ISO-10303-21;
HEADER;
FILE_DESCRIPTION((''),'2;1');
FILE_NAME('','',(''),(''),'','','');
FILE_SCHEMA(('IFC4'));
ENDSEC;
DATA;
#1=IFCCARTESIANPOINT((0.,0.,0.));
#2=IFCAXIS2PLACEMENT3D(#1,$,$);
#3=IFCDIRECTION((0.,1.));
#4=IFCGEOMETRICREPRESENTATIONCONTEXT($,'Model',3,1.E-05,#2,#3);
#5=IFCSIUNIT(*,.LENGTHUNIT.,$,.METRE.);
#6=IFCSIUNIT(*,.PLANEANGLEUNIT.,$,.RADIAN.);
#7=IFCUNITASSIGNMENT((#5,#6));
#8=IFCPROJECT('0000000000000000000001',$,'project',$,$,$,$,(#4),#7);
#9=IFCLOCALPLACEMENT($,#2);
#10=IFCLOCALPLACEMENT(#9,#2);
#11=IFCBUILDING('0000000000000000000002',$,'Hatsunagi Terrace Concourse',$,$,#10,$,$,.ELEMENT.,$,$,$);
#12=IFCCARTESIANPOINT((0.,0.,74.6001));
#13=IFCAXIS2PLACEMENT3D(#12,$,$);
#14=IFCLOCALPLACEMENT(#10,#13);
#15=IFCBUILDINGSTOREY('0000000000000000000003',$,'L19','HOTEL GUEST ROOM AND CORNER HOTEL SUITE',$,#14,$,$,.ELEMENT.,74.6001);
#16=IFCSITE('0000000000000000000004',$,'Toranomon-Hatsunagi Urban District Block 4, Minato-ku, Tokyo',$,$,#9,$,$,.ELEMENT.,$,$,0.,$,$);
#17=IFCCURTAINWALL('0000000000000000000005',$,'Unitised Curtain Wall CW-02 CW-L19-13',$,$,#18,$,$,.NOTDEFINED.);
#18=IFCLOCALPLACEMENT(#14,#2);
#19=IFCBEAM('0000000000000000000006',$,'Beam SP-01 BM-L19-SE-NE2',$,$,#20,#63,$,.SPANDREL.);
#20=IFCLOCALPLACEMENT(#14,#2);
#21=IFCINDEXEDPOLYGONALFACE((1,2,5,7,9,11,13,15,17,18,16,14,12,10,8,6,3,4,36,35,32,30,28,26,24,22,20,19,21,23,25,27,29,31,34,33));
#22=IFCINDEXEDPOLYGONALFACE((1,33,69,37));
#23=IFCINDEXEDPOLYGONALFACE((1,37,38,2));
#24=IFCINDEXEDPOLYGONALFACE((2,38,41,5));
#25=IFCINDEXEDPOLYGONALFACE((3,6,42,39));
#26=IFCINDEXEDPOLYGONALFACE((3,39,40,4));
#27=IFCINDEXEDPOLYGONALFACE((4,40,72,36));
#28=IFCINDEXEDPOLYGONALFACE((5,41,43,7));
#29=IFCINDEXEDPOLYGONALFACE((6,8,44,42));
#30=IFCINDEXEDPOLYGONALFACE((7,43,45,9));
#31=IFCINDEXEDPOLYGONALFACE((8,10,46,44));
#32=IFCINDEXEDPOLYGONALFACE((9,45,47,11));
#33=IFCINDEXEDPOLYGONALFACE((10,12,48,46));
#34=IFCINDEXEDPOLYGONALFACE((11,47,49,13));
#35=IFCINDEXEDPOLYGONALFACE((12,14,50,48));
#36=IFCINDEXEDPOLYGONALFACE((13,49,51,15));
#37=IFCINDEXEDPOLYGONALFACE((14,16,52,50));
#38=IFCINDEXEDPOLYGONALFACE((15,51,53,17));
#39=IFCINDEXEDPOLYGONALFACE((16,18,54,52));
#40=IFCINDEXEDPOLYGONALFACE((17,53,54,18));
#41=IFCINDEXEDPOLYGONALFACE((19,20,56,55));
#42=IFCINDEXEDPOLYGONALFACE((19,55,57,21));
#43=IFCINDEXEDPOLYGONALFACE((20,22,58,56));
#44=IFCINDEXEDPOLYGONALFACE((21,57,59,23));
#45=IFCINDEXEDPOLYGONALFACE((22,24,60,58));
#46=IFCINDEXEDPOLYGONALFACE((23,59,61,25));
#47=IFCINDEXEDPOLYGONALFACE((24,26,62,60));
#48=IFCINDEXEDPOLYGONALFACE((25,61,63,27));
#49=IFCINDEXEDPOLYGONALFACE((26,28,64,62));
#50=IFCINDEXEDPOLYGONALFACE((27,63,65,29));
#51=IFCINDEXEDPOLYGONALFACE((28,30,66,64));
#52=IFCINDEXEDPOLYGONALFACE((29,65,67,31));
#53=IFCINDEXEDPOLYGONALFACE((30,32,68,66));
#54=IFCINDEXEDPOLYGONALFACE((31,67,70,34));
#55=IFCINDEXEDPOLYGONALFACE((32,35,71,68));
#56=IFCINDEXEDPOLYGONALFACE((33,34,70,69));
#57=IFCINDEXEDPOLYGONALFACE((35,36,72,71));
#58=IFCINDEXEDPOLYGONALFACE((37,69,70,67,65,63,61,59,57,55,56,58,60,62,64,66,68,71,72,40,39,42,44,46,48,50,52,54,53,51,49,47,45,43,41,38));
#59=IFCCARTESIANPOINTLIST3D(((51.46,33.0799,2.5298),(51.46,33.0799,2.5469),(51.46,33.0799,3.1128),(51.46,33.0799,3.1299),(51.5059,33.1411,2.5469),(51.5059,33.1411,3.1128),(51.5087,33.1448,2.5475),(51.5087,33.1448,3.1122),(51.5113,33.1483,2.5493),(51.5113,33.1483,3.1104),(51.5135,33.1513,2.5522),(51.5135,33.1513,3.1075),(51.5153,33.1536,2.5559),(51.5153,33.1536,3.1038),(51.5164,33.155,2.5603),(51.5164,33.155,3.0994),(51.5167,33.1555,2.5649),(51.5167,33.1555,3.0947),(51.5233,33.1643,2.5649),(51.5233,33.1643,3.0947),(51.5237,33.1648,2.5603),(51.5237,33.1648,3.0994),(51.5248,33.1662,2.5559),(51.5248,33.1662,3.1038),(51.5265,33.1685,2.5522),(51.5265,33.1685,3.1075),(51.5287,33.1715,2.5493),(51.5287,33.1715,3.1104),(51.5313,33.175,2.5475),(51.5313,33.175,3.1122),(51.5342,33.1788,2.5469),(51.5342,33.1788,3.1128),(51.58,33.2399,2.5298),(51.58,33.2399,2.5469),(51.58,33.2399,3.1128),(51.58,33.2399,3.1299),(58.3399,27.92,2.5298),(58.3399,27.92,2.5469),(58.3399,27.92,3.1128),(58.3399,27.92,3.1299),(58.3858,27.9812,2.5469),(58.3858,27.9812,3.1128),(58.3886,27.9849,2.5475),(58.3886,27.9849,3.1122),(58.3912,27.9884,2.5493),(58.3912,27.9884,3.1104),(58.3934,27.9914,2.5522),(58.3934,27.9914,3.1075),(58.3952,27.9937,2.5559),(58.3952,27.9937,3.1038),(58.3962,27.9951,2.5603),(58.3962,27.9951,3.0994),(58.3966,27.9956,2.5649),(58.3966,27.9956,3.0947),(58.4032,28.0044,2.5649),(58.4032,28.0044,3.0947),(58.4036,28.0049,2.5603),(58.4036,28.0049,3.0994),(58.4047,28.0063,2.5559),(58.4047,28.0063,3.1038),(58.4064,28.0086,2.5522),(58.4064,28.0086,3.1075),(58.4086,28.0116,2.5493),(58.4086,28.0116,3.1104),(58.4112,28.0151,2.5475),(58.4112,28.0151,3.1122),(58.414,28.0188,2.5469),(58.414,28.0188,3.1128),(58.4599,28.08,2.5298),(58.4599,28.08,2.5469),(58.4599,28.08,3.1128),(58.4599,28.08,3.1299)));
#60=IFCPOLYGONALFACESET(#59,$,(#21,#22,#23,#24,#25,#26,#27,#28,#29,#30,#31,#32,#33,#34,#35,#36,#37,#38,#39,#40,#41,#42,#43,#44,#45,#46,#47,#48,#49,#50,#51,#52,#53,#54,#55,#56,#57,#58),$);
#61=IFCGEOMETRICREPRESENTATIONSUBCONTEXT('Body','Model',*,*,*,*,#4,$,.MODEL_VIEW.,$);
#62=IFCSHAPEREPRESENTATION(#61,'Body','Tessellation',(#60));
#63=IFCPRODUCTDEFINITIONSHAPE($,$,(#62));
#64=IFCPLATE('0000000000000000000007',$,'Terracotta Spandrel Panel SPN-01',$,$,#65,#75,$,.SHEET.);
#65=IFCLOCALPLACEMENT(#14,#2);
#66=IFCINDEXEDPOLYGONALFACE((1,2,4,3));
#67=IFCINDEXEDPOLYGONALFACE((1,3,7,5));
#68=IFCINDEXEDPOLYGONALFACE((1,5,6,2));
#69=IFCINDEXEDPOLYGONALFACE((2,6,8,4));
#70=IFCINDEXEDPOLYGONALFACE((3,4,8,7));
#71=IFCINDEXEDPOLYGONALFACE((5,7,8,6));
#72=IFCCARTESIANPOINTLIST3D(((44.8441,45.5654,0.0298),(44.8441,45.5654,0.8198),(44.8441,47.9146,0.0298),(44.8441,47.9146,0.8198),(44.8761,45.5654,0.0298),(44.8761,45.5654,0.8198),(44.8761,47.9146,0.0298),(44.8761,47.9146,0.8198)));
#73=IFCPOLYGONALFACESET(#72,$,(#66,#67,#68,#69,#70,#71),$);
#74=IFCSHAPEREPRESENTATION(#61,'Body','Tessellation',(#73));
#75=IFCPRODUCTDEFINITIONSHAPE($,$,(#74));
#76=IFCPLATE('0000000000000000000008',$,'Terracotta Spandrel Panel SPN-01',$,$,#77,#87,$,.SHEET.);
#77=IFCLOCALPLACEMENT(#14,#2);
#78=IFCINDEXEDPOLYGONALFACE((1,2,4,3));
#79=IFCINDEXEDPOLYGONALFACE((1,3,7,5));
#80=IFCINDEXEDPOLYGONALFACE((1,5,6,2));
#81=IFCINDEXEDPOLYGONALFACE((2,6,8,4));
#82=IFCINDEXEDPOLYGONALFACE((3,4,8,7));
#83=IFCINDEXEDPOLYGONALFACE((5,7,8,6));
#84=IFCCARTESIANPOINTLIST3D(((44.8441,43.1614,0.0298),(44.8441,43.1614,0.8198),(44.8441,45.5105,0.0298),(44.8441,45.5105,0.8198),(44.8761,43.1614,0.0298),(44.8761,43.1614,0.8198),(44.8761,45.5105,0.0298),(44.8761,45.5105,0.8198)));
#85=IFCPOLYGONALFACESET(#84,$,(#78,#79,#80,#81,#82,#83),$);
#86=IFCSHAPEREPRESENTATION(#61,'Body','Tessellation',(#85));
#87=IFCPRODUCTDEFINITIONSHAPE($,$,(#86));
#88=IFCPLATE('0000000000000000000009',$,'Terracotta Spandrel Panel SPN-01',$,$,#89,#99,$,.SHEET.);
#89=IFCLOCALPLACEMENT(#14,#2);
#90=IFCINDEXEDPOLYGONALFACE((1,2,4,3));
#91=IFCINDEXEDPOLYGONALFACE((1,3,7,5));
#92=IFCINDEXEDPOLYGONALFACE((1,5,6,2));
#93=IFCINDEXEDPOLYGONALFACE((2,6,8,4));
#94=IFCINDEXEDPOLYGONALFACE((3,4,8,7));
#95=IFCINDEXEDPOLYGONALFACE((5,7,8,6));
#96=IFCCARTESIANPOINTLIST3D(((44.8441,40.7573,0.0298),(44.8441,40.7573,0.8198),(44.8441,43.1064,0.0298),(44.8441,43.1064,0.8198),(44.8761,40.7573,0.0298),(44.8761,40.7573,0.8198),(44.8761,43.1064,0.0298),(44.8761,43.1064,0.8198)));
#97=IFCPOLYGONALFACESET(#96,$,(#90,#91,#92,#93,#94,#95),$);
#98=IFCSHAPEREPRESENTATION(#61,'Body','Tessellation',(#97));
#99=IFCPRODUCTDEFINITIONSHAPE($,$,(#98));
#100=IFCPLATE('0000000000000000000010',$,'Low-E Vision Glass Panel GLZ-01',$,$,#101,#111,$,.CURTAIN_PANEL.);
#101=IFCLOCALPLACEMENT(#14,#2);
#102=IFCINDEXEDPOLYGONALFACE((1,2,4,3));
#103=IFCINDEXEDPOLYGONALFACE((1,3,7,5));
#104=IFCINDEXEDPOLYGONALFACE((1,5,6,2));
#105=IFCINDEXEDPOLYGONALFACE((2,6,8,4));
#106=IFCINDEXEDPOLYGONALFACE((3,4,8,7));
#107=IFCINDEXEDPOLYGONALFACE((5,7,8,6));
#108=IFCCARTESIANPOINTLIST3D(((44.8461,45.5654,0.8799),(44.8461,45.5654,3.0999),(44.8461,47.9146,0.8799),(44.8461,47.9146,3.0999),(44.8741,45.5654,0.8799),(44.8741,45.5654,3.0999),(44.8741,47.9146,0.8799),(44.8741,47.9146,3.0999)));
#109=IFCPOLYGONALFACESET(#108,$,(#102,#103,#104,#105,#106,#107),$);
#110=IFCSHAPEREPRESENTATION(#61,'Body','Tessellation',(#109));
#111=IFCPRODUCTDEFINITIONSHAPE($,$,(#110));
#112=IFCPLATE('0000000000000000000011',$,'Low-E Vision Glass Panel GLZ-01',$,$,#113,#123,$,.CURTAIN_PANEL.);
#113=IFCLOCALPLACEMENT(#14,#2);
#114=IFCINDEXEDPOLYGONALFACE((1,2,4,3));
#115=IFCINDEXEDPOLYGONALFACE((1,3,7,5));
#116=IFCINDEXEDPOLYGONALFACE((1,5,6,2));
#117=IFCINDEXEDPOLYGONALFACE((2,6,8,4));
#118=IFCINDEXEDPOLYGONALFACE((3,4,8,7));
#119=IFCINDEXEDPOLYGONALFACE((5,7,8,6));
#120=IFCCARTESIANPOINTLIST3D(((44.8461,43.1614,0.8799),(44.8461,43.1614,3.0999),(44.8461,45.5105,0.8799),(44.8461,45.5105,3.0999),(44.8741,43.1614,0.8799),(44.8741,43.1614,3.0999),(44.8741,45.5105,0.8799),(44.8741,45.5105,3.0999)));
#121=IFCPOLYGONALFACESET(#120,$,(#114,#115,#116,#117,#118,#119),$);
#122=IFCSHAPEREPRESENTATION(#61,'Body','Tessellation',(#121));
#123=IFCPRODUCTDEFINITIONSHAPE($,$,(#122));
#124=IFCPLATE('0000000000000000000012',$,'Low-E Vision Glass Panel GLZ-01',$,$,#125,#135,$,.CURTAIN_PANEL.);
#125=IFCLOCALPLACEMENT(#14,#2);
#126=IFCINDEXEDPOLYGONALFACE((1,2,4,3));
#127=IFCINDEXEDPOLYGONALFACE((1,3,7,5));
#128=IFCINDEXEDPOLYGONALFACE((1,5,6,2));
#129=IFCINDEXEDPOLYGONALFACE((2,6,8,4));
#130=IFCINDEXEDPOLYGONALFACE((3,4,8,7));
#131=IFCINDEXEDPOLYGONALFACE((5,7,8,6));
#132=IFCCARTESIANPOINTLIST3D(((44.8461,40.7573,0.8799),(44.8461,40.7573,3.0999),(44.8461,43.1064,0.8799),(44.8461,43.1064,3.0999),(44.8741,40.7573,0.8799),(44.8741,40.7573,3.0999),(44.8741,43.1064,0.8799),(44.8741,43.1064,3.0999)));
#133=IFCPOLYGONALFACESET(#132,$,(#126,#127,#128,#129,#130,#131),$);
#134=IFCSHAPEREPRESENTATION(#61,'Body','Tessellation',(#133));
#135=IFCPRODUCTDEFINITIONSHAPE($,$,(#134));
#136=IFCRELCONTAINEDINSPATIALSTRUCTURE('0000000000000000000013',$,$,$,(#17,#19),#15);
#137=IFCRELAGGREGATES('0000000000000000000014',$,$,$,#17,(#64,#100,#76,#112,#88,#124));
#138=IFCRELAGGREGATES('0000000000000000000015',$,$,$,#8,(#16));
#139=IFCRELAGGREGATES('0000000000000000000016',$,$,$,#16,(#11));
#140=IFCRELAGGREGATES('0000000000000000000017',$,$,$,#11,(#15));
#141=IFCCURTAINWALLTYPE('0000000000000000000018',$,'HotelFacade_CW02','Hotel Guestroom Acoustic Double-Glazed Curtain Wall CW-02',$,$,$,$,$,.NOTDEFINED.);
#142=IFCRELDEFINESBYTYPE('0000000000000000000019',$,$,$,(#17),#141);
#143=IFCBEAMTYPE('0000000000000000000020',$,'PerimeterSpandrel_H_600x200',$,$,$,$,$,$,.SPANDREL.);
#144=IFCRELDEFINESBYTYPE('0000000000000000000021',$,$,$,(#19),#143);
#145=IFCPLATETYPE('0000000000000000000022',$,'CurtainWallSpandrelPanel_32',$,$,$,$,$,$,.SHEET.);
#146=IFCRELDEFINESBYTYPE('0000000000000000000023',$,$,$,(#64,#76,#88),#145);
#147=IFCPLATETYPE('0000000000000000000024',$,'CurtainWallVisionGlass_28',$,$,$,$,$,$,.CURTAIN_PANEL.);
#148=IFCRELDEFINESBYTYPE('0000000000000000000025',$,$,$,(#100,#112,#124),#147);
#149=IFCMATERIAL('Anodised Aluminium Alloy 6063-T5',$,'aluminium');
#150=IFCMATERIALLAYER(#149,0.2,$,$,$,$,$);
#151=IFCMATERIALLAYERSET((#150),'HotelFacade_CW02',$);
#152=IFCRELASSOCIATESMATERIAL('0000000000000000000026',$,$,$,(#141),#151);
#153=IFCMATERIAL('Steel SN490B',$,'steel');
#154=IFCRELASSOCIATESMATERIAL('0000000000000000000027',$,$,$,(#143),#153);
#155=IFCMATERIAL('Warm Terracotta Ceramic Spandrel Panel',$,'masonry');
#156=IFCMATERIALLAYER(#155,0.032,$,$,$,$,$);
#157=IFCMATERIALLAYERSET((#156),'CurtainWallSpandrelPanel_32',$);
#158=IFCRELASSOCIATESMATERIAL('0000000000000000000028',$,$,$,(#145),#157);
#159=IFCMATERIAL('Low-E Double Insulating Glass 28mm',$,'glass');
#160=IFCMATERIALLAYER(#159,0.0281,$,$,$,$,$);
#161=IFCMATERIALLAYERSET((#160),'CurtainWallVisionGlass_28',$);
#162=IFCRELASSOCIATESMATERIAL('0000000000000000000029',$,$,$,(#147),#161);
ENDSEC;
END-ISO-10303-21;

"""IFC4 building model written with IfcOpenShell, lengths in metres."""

from ifc_helpers import new_model, si_unit, direction, frame, origin, origin_2d, place, context, subcontext, project, spatial, rectangle, i_section, extrude, material, layer, layer_set, material_profile, profile_set, type_object, element, aggregate, save


model = new_model("IFC4")

# Units and contexts
model_context = context("Model", 3, precision=1e-05, world=origin(), true_north=direction((0.0, 1.0)))
body_context = subcontext(model_context, "Body", "Model", "MODEL_VIEW")
ifc_project = project(units=[si_unit("LENGTHUNIT", "METRE"), si_unit("PLANEANGLEUNIT", "RADIAN")], contexts=[model_context])

# Site, building, storey
site_placement = place(None, origin())
site = spatial("IfcSite", under=ifc_project, at=site_placement, Name="Toranomon-Hatsunagi Urban District Block 4, Minato-ku, Tokyo", CompositionType="ELEMENT", RefElevation=0.0)
building_placement = place(site_placement, origin())
building = spatial("IfcBuilding", under=site, at=building_placement, Name="Hatsunagi Terrace Concourse", CompositionType="ELEMENT")
storey_placement = place(building_placement, frame((0.0, 0.0, 74.6001)))
storey = spatial("IfcBuildingStorey", under=building, at=storey_placement, Name="L19", Description="HOTEL GUEST ROOM AND CORNER HOTEL SUITE", CompositionType="ELEMENT", Elevation=74.6001)

# Curtain wall
ifc_material_1 = material(Name="Anodised Aluminium Alloy 6063-T5", Category="aluminium")
ifc_layer_1 = layer(ifc_material_1, 0.2)
ifc_layer_set_1 = layer_set([ifc_layer_1], Name="HotelFacade_CW02")
curtain_wall_type = type_object("IfcCurtainWallType", Name="HotelFacade_CW02", Description="Hotel Guestroom Acoustic Double-Glazed Curtain Wall CW-02", PredefinedType="NOTDEFINED", material=ifc_layer_set_1)
curtain_wall_placement = place(storey_placement, origin())
curtain_wall = element("IfcCurtainWall", 1, at=curtain_wall_placement, inside=storey, type_object=curtain_wall_type, Name="Unitised Curtain Wall CW-02 CW-L19-13", PredefinedType="NOTDEFINED")

# Beam
ifc_material_2 = material(Name="Steel SN490B", Category="steel")
ifc_material_profile_1 = material_profile(ifc_material_2, i_section(OverallWidth=0.2, OverallDepth=0.6001, WebThickness=0.011, FlangeThickness=0.0171, FilletRadius=0.0181, at=origin_2d()), Name="H-600x200x11x17")
ifc_profile_set_1 = profile_set([ifc_material_profile_1], Name="Steel SN490B")
beam_type_1 = type_object("IfcBeamType", Name="PerimeterSpandrel_H_600x200", PredefinedType="SPANDREL", material=ifc_profile_set_1)
beam_1_placement = place(storey_placement, frame((51.52, 33.1599, 2.8298), z_axis=(0.8, -0.6, 0.0), x_axis=(0.6, 0.8, 0.0)))
element("IfcBeam", 2, at=beam_1_placement, inside=storey, type_object=beam_type_1, Name="Beam SP-01 BM-L19-SE-NE2", PredefinedType="SPANDREL", context=body_context, shape_type="SweptSolid", body=[
    extrude(i_section(OverallWidth=0.2, OverallDepth=0.6001, WebThickness=0.011, FlangeThickness=0.0171, FilletRadius=0.0181, at=origin_2d()), origin(), (0.0, 0.0, 1.0), 8.5999),
])

# Plates
ifc_material_3 = material(Name="Warm Terracotta Ceramic Spandrel Panel", Category="masonry")
ifc_layer_2 = layer(ifc_material_3, 0.032)
ifc_layer_set_2 = layer_set([ifc_layer_2], Name="CurtainWallSpandrelPanel_32")
plate_type_1 = type_object("IfcPlateType", Name="CurtainWallSpandrelPanel_32", PredefinedType="SHEET", material=ifc_layer_set_2)
plate_1_placement = place(storey_placement, frame((44.8601, 46.74, 0.0298), z_axis=(0.0, 0.0, 1.0), x_axis=(0.0, -1.0, 0.0)))
plate_1 = element("IfcPlate", 3, at=plate_1_placement, type_object=plate_type_1, Name="Terracotta Spandrel Panel SPN-01", PredefinedType="SHEET", context=body_context, shape_type="SweptSolid", body=[
    extrude(rectangle(XDim=2.3491, YDim=0.032, at=origin_2d()), origin(), (0.0, 0.0, 1.0), 0.79),
])
plate_2_placement = place(storey_placement, frame((44.8601, 44.3359, 0.0298), z_axis=(0.0, 0.0, 1.0), x_axis=(0.0, -1.0, 0.0)))
plate_2 = element("IfcPlate", 4, at=plate_2_placement, type_object=plate_type_1, Name="Terracotta Spandrel Panel SPN-01", PredefinedType="SHEET", context=body_context, shape_type="SweptSolid", body=[
    extrude(rectangle(XDim=2.3491, YDim=0.032, at=origin_2d()), origin(), (0.0, 0.0, 1.0), 0.79),
])
plate_3_placement = place(storey_placement, frame((44.8601, 41.9319, 0.0298), z_axis=(0.0, 0.0, 1.0), x_axis=(0.0, -1.0, 0.0)))
plate_3 = element("IfcPlate", 5, at=plate_3_placement, type_object=plate_type_1, Name="Terracotta Spandrel Panel SPN-01", PredefinedType="SHEET", context=body_context, shape_type="SweptSolid", body=[
    extrude(rectangle(XDim=2.3491, YDim=0.032, at=origin_2d()), origin(), (0.0, 0.0, 1.0), 0.79),
])
ifc_material_4 = material(Name="Low-E Double Insulating Glass 28mm", Category="glass")
ifc_layer_3 = layer(ifc_material_4, 0.0281)
ifc_layer_set_3 = layer_set([ifc_layer_3], Name="CurtainWallVisionGlass_28")
plate_type_2 = type_object("IfcPlateType", Name="CurtainWallVisionGlass_28", PredefinedType="CURTAIN_PANEL", material=ifc_layer_set_3)
plate_4_placement = place(storey_placement, frame((44.8601, 46.74, 0.8799), z_axis=(0.0, 0.0, 1.0), x_axis=(0.0, -1.0, 0.0)))
plate_4 = element("IfcPlate", 6, at=plate_4_placement, type_object=plate_type_2, Name="Low-E Vision Glass Panel GLZ-01", PredefinedType="CURTAIN_PANEL", context=body_context, shape_type="SweptSolid", body=[
    extrude(rectangle(XDim=2.3491, YDim=0.0281, at=origin_2d()), origin(), (0.0, 0.0, 1.0), 2.22),
])
plate_5_placement = place(storey_placement, frame((44.8601, 44.3359, 0.8799), z_axis=(0.0, 0.0, 1.0), x_axis=(0.0, -1.0, 0.0)))
plate_5 = element("IfcPlate", 7, at=plate_5_placement, type_object=plate_type_2, Name="Low-E Vision Glass Panel GLZ-01", PredefinedType="CURTAIN_PANEL", context=body_context, shape_type="SweptSolid", body=[
    extrude(rectangle(XDim=2.3491, YDim=0.0281, at=origin_2d()), origin(), (0.0, 0.0, 1.0), 2.22),
])
plate_6_placement = place(storey_placement, frame((44.8601, 41.9319, 0.8799), z_axis=(0.0, 0.0, 1.0), x_axis=(0.0, -1.0, 0.0)))
plate_6 = element("IfcPlate", 8, at=plate_6_placement, type_object=plate_type_2, Name="Low-E Vision Glass Panel GLZ-01", PredefinedType="CURTAIN_PANEL", context=body_context, shape_type="SweptSolid", body=[
    extrude(rectangle(XDim=2.3491, YDim=0.0281, at=origin_2d()), origin(), (0.0, 0.0, 1.0), 2.22),
])
aggregate(curtain_wall, [plate_1, plate_4, plate_2, plate_5, plate_3, plate_6])

save(model, "model.ifc")
